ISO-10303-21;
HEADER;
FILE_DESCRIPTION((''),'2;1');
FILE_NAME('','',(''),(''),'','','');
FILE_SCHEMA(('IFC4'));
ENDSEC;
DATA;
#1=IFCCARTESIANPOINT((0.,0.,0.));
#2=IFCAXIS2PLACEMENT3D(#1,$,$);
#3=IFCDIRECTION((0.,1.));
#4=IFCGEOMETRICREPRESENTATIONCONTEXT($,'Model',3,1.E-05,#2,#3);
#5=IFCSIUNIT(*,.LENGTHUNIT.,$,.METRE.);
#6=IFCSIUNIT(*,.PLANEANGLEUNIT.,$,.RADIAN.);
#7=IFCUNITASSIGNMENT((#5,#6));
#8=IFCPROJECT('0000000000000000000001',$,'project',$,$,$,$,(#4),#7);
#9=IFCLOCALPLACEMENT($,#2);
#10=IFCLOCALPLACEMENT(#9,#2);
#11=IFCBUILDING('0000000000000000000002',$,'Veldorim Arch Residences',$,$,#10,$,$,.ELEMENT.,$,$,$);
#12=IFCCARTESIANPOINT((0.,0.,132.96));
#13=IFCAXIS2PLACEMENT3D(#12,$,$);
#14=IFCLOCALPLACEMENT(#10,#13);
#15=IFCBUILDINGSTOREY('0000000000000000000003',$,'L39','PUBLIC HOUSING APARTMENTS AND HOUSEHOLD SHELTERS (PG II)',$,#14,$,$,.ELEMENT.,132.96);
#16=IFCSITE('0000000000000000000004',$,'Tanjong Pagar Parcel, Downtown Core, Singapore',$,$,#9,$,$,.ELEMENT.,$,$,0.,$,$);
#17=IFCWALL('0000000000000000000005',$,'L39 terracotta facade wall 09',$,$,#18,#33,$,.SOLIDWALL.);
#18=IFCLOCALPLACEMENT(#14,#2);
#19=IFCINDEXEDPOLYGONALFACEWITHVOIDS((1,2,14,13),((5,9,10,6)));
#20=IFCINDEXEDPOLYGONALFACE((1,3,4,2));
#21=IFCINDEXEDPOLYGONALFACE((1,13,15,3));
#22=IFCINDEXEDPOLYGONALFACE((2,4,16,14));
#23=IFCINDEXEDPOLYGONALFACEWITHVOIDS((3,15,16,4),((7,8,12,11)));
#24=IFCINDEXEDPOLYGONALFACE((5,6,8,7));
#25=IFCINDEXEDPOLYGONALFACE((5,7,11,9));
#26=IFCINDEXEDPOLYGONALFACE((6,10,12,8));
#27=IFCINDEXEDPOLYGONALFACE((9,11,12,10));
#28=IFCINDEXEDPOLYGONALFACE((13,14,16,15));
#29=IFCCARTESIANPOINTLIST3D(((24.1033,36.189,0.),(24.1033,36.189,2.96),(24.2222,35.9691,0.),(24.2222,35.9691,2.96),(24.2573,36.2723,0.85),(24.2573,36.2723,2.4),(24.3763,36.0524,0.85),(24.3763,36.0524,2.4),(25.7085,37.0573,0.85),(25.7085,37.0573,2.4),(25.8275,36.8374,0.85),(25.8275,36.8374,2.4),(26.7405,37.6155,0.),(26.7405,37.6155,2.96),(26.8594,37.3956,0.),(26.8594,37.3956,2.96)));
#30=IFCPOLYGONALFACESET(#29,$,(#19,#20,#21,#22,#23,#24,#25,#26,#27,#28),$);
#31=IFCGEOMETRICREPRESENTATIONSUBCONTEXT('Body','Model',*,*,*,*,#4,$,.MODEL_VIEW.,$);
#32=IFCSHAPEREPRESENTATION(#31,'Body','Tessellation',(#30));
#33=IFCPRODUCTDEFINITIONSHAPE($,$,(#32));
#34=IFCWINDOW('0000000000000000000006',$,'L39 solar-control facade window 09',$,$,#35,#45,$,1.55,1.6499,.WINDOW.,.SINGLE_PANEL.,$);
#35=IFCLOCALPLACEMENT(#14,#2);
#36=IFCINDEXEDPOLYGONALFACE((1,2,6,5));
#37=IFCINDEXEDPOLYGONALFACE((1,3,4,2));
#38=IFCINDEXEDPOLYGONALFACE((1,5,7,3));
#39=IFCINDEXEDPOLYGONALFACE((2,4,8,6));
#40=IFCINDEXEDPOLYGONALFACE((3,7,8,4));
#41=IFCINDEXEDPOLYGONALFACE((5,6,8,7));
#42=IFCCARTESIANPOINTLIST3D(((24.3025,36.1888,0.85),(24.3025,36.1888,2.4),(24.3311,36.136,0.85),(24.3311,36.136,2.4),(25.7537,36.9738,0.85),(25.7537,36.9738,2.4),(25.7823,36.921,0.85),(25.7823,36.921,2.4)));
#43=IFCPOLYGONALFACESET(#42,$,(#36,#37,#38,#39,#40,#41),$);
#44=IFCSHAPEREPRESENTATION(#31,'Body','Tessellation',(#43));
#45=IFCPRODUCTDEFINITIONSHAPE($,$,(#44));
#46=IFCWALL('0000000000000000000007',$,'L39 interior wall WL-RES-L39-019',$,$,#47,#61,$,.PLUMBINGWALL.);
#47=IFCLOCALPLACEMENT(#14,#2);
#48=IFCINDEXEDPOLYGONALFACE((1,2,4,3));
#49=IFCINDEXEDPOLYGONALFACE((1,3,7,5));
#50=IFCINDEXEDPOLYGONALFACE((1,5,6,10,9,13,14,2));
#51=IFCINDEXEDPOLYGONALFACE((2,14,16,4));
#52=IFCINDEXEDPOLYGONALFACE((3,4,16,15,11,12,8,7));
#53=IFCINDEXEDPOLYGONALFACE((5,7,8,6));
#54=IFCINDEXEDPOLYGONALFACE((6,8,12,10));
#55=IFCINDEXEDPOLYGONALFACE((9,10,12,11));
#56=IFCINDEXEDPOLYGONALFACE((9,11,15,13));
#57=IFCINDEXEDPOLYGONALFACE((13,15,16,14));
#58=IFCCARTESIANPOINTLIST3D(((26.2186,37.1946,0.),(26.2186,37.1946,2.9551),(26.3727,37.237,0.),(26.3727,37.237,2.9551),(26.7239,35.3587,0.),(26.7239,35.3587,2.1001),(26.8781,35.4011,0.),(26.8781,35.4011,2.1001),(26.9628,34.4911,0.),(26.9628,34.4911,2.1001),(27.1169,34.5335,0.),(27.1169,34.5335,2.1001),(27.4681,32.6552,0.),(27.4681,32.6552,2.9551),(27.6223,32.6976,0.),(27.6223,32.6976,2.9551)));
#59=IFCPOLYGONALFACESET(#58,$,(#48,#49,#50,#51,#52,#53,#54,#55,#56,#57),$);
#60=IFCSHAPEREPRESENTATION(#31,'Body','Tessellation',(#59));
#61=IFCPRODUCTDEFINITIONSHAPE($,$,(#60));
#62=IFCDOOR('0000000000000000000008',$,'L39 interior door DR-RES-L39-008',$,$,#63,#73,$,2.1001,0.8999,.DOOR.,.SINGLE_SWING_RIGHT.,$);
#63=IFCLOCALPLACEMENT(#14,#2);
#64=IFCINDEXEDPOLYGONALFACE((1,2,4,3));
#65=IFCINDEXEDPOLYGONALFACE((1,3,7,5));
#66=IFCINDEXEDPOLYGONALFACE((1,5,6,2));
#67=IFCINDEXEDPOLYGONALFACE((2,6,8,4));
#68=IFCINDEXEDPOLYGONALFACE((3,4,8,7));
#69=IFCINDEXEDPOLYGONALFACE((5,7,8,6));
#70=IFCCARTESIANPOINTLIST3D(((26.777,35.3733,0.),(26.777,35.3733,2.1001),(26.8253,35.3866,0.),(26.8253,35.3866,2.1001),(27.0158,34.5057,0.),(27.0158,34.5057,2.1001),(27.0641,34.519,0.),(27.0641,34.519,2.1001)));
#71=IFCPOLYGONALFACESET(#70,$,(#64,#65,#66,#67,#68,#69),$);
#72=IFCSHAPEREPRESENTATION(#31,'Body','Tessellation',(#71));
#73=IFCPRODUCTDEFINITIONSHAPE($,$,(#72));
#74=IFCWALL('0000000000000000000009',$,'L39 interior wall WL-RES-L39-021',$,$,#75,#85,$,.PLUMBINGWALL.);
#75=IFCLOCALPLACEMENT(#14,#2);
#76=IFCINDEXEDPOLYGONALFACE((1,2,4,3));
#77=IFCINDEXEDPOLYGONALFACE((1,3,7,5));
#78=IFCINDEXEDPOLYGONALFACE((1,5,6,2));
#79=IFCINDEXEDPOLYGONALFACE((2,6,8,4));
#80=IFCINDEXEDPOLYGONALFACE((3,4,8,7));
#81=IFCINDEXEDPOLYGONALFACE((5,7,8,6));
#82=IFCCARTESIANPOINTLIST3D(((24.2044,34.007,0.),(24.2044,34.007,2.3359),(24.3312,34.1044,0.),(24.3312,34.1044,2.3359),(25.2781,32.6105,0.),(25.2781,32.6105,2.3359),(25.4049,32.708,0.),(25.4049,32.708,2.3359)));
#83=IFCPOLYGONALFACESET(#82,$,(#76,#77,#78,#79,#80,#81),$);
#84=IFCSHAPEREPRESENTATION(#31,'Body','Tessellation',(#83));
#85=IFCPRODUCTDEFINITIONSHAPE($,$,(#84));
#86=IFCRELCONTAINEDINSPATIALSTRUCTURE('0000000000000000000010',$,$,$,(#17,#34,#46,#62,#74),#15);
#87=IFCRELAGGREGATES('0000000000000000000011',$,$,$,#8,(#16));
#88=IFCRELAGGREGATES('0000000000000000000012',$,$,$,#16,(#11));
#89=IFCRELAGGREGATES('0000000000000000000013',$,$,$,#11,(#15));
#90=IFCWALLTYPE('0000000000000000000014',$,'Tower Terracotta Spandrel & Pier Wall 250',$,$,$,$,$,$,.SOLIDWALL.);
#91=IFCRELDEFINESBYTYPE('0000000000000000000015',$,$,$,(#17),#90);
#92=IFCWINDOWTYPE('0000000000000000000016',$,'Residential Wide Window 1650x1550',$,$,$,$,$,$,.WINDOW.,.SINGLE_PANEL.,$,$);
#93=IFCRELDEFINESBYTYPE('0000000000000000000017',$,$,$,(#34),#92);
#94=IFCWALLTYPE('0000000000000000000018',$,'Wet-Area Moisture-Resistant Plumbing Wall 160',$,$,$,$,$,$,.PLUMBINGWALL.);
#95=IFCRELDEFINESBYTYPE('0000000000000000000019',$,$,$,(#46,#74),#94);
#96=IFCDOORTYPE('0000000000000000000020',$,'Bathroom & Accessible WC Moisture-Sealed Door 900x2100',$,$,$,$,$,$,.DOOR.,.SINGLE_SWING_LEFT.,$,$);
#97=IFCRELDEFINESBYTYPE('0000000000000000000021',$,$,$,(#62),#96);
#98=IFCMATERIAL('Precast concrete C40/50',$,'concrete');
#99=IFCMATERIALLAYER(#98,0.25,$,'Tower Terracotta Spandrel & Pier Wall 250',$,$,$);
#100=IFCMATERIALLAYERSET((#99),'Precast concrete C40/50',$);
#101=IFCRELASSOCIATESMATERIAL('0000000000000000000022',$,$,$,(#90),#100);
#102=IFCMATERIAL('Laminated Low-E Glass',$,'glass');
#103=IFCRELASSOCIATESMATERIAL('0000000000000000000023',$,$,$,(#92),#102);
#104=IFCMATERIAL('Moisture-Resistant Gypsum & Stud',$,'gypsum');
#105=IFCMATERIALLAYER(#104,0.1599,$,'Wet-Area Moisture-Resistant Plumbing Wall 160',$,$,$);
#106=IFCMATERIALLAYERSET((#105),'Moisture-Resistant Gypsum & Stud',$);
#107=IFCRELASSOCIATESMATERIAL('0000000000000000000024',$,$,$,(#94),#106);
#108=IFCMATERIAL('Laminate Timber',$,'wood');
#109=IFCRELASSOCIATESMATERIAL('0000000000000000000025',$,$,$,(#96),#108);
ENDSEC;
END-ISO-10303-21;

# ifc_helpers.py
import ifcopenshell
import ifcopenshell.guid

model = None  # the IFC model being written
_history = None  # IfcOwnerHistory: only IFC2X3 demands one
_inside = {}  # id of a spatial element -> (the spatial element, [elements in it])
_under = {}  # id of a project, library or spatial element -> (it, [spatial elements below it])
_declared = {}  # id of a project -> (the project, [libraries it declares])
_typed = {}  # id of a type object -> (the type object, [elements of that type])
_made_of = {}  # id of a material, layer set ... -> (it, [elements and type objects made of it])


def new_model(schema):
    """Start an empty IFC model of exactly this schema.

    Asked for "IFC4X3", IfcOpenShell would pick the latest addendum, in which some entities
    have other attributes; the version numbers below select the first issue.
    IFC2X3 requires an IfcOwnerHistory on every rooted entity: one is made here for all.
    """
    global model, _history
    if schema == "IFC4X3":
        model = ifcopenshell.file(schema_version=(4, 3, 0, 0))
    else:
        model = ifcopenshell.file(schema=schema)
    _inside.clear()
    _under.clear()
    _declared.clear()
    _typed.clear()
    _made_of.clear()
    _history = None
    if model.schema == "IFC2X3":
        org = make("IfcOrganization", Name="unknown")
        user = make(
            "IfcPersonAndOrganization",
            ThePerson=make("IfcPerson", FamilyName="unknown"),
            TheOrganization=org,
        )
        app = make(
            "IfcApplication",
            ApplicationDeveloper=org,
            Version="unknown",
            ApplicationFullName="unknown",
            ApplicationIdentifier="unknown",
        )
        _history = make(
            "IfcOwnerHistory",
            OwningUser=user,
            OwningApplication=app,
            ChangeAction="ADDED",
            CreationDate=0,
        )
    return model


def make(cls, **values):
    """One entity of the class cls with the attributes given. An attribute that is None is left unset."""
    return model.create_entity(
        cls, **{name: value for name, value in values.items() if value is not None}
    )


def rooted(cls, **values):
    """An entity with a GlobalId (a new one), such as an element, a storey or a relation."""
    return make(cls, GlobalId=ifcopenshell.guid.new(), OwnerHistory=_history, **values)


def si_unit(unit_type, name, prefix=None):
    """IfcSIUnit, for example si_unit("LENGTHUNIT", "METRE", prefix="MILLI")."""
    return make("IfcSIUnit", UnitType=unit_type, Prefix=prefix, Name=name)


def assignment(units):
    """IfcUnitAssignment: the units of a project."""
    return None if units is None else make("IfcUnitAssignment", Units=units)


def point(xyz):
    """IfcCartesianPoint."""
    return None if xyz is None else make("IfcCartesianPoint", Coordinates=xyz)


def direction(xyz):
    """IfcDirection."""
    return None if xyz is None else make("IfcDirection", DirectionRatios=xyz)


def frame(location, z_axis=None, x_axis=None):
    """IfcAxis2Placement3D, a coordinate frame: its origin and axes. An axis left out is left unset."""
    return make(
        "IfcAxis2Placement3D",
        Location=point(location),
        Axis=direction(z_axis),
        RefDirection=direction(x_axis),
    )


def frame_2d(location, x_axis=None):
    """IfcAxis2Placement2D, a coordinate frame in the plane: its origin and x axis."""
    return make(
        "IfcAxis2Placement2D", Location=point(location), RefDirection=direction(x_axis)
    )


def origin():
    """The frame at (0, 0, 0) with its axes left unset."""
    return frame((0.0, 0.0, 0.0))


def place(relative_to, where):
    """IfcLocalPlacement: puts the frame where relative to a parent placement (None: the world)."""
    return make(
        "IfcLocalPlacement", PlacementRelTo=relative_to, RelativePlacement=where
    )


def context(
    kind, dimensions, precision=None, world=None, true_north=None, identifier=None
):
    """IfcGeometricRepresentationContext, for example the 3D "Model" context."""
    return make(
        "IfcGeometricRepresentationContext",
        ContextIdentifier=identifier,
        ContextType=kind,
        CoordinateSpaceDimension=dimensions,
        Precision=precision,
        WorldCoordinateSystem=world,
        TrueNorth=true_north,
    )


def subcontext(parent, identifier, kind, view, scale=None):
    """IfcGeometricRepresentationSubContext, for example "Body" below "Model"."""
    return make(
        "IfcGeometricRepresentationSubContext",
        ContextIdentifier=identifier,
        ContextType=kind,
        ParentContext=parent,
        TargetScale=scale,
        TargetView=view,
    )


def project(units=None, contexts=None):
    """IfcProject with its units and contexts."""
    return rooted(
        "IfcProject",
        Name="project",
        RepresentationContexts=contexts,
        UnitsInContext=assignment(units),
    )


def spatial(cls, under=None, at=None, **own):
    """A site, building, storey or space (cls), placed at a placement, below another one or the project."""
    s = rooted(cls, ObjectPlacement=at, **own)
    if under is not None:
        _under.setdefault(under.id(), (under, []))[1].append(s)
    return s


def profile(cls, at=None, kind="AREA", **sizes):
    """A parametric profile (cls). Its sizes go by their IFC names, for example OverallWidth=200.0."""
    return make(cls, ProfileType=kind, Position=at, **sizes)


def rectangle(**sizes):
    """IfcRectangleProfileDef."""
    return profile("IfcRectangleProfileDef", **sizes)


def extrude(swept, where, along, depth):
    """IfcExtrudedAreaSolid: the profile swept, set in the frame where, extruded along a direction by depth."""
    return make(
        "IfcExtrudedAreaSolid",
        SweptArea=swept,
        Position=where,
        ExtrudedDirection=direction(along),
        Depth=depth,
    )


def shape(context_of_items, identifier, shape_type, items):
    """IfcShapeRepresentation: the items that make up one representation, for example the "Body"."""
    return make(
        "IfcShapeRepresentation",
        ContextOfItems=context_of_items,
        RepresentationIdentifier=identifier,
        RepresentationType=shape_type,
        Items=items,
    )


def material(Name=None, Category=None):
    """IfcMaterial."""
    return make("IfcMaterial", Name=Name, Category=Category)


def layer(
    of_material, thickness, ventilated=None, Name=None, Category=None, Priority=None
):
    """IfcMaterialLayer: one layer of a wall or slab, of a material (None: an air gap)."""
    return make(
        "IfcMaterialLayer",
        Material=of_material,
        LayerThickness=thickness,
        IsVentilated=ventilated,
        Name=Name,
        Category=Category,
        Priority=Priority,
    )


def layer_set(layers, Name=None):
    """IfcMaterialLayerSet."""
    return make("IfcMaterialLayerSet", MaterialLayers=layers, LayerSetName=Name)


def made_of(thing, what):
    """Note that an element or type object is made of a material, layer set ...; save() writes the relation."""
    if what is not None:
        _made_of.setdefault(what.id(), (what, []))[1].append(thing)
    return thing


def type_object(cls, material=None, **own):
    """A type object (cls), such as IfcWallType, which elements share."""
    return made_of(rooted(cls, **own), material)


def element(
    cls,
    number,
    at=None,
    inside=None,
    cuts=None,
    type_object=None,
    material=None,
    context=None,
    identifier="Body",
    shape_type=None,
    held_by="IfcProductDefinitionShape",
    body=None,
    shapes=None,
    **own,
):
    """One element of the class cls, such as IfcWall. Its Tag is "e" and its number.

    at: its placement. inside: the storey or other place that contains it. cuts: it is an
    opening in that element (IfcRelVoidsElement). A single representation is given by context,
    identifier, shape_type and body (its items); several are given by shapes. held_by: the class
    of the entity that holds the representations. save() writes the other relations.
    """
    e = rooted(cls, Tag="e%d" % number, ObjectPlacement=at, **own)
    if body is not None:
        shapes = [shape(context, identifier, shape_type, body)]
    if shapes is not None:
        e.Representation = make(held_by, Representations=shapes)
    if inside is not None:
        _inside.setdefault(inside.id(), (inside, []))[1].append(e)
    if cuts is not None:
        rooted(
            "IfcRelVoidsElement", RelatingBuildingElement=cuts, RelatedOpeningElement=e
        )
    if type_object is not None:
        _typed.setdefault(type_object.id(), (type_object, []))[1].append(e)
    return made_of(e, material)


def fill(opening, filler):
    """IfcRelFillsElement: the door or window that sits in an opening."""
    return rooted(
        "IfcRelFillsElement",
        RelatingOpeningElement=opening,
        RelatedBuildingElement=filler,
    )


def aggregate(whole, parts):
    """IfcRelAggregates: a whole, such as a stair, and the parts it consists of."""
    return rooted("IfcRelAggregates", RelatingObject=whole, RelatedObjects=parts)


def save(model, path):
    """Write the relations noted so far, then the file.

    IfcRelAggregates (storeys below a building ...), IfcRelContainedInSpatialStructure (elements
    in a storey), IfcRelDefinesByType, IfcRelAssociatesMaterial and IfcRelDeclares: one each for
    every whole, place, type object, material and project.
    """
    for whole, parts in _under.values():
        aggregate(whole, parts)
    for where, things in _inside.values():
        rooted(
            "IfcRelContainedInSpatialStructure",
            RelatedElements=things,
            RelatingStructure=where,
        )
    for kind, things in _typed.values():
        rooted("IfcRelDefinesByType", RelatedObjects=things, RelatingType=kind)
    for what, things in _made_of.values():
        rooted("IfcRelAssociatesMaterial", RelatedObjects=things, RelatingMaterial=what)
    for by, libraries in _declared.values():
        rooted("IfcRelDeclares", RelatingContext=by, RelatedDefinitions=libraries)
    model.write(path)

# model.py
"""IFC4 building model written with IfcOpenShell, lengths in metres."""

from ifc_helpers import new_model, si_unit, direction, frame, frame_2d, origin, place, context, subcontext, project, spatial, rectangle, extrude, material, layer, layer_set, type_object, element, fill, save


model = new_model("IFC4")

# Units and contexts
model_context = context("Model", 3, precision=1e-05, world=origin(), true_north=direction((0.0, 1.0)))
body_context = subcontext(model_context, "Body", "Model", "MODEL_VIEW")
ifc_project = project(units=[si_unit("LENGTHUNIT", "METRE"), si_unit("PLANEANGLEUNIT", "RADIAN")], contexts=[model_context])

# Site, building, storey
site_placement = place(None, origin())
site = spatial("IfcSite", under=ifc_project, at=site_placement, Name="Tanjong Pagar Parcel, Downtown Core, Singapore", CompositionType="ELEMENT", RefElevation=0.0)
building_placement = place(site_placement, origin())
building = spatial("IfcBuilding", under=site, at=building_placement, Name="Veldorim Arch Residences", CompositionType="ELEMENT")
storey_placement = place(building_placement, frame((0.0, 0.0, 132.96)))
storey = spatial("IfcBuildingStorey", under=building, at=storey_placement, Name="L39", Description="PUBLIC HOUSING APARTMENTS AND HOUSEHOLD SHELTERS (PG II)", CompositionType="ELEMENT", Elevation=132.96)

# Shared definitions
ifc_material_1 = material(Name="Precast concrete C40/50", Category="concrete")
ifc_layer_1 = layer(ifc_material_1, 0.25, Name="Tower Terracotta Spandrel & Pier Wall 250")
ifc_layer_set_1 = layer_set([ifc_layer_1], Name="Precast concrete C40/50")
wall_type_1 = type_object("IfcWallType", Name="Tower Terracotta Spandrel & Pier Wall 250", PredefinedType="SOLIDWALL", material=ifc_layer_set_1)

# Wall, opening, window
wall_1_placement = place(storey_placement, frame((24.1628, 36.0791, 0.0), z_axis=(0.0, 0.0, 1.0), x_axis=(0.879567, 0.475774, 0.0)))
wall_1 = element("IfcWall", 1, at=wall_1_placement, inside=storey, type_object=wall_type_1, Name="L39 terracotta facade wall 09", PredefinedType="SOLIDWALL", context=body_context, shape_type="SweptSolid", body=[
    extrude(rectangle(XDim=2.9983, YDim=0.25, at=frame_2d((1.499, 0.0))), origin(), (0.0, 0.0, 1.0), 2.96),
])
opening_1_placement = place(wall_1_placement, frame((0.175, 0.0, 0.8501)))
opening_1 = element("IfcOpeningElement", 2, at=opening_1_placement, cuts=wall_1, PredefinedType="OPENING", context=body_context, shape_type="SweptSolid", body=[
    extrude(rectangle(XDim=1.6499, YDim=1.55, at=frame_2d((0.825, 0.7749))), frame((0.0, 0.135, 0.0), z_axis=(0.0, -1.0, 0.0), x_axis=(1.0, 0.0, 0.0)), (0.0, 0.0, 1.0), 0.27),
])
ifc_material_2 = material(Name="Laminated Low-E Glass", Category="glass")
window_type = type_object("IfcWindowType", Name="Residential Wide Window 1650x1550", PartitioningType="SINGLE_PANEL", PredefinedType="WINDOW", material=ifc_material_2)
window_placement = place(opening_1_placement, origin())
window = element("IfcWindow", 3, at=window_placement, inside=storey, type_object=window_type, Name="L39 solar-control facade window 09", OverallHeight=1.55, OverallWidth=1.6499, PartitioningType="SINGLE_PANEL", PredefinedType="WINDOW", context=body_context, shape_type="SweptSolid", body=[
    extrude(rectangle(XDim=1.6499, YDim=1.55, at=frame_2d((0.825, 0.7749))), frame((0.0, 0.03, 0.0), z_axis=(0.0, -1.0, 0.0), x_axis=(1.0, 0.0, 0.0)), (0.0, 0.0, 1.0), 0.0601),
])
fill(opening_1, window)

# Wall, opening, door
ifc_material_3 = material(Name="Moisture-Resistant Gypsum & Stud", Category="gypsum")
ifc_layer_2 = layer(ifc_material_3, 0.1599, Name="Wet-Area Moisture-Resistant Plumbing Wall 160")
ifc_layer_set_2 = layer_set([ifc_layer_2], Name="Moisture-Resistant Gypsum & Stud")
wall_type_2 = type_object("IfcWallType", Name="Wet-Area Moisture-Resistant Plumbing Wall 160", PredefinedType="PLUMBINGWALL", material=ifc_layer_set_2)
wall_2_placement = place(storey_placement, frame((27.5452, 32.6765, 0.0), z_axis=(0.0, 0.0, 1.0), x_axis=(-0.265394, 0.96414, 0.0)))
wall_2 = element("IfcWall", 4, at=wall_2_placement, inside=storey, type_object=wall_type_2, Name="L39 interior wall WL-RES-L39-019", PredefinedType="PLUMBINGWALL", context=body_context, shape_type="SweptSolid", body=[
    extrude(rectangle(XDim=4.7083, YDim=0.1599, at=frame_2d((2.354, 0.0))), origin(), (0.0, 0.0, 1.0), 2.9551),
])
opening_2_placement = place(wall_2_placement, frame((1.9041, 0.0, 0.0)))
opening_2 = element("IfcOpeningElement", 5, at=opening_2_placement, cuts=wall_2, PredefinedType="OPENING", context=body_context, shape_type="SweptSolid", body=[
    extrude(rectangle(XDim=0.8999, YDim=2.1001, at=frame_2d((0.45, 1.05))), frame((0.0, 0.0898, 0.0), z_axis=(0.0, -1.0, 0.0), x_axis=(1.0, 0.0, 0.0)), (0.0, 0.0, 1.0), 0.1799),
])
ifc_material_4 = material(Name="Laminate Timber", Category="wood")
door_type_1 = type_object("IfcDoorType", Name="Bathroom & Accessible WC Moisture-Sealed Door 900x2100", OperationType="SINGLE_SWING_LEFT", PredefinedType="DOOR", material=ifc_material_4)
door_1_placement = place(opening_2_placement, origin())
door_1 = element("IfcDoor", 6, at=door_1_placement, inside=storey, type_object=door_type_1, Name="L39 interior door DR-RES-L39-008", OperationType="SINGLE_SWING_RIGHT", OverallHeight=2.1001, OverallWidth=0.8999, PredefinedType="DOOR", context=body_context, shape_type="SweptSolid", body=[
    extrude(rectangle(XDim=0.8999, YDim=2.1001, at=frame_2d((0.45, 1.05))), frame((0.0, 0.0249, 0.0), z_axis=(0.0, -1.0, 0.0), x_axis=(1.0, 0.0, 0.0)), (0.0, 0.0, 1.0), 0.05),
])
fill(opening_2, door_1)

# Wall
wall_3_placement = place(storey_placement, frame((25.3416, 32.6592, 0.0), z_axis=(0.0, 0.0, 1.0), x_axis=(-0.609537, 0.792758, 0.0)))
element("IfcWall", 7, at=wall_3_placement, inside=storey, type_object=wall_type_2, Name="L39 interior wall WL-RES-L39-021", PredefinedType="PLUMBINGWALL", context=body_context, shape_type="SweptSolid", body=[
    extrude(rectangle(XDim=1.7615, YDim=0.1599, at=frame_2d((0.8809, 0.0))), origin(), (0.0, 0.0, 1.0), 2.3359),
])

save(model, "model.ifc")
